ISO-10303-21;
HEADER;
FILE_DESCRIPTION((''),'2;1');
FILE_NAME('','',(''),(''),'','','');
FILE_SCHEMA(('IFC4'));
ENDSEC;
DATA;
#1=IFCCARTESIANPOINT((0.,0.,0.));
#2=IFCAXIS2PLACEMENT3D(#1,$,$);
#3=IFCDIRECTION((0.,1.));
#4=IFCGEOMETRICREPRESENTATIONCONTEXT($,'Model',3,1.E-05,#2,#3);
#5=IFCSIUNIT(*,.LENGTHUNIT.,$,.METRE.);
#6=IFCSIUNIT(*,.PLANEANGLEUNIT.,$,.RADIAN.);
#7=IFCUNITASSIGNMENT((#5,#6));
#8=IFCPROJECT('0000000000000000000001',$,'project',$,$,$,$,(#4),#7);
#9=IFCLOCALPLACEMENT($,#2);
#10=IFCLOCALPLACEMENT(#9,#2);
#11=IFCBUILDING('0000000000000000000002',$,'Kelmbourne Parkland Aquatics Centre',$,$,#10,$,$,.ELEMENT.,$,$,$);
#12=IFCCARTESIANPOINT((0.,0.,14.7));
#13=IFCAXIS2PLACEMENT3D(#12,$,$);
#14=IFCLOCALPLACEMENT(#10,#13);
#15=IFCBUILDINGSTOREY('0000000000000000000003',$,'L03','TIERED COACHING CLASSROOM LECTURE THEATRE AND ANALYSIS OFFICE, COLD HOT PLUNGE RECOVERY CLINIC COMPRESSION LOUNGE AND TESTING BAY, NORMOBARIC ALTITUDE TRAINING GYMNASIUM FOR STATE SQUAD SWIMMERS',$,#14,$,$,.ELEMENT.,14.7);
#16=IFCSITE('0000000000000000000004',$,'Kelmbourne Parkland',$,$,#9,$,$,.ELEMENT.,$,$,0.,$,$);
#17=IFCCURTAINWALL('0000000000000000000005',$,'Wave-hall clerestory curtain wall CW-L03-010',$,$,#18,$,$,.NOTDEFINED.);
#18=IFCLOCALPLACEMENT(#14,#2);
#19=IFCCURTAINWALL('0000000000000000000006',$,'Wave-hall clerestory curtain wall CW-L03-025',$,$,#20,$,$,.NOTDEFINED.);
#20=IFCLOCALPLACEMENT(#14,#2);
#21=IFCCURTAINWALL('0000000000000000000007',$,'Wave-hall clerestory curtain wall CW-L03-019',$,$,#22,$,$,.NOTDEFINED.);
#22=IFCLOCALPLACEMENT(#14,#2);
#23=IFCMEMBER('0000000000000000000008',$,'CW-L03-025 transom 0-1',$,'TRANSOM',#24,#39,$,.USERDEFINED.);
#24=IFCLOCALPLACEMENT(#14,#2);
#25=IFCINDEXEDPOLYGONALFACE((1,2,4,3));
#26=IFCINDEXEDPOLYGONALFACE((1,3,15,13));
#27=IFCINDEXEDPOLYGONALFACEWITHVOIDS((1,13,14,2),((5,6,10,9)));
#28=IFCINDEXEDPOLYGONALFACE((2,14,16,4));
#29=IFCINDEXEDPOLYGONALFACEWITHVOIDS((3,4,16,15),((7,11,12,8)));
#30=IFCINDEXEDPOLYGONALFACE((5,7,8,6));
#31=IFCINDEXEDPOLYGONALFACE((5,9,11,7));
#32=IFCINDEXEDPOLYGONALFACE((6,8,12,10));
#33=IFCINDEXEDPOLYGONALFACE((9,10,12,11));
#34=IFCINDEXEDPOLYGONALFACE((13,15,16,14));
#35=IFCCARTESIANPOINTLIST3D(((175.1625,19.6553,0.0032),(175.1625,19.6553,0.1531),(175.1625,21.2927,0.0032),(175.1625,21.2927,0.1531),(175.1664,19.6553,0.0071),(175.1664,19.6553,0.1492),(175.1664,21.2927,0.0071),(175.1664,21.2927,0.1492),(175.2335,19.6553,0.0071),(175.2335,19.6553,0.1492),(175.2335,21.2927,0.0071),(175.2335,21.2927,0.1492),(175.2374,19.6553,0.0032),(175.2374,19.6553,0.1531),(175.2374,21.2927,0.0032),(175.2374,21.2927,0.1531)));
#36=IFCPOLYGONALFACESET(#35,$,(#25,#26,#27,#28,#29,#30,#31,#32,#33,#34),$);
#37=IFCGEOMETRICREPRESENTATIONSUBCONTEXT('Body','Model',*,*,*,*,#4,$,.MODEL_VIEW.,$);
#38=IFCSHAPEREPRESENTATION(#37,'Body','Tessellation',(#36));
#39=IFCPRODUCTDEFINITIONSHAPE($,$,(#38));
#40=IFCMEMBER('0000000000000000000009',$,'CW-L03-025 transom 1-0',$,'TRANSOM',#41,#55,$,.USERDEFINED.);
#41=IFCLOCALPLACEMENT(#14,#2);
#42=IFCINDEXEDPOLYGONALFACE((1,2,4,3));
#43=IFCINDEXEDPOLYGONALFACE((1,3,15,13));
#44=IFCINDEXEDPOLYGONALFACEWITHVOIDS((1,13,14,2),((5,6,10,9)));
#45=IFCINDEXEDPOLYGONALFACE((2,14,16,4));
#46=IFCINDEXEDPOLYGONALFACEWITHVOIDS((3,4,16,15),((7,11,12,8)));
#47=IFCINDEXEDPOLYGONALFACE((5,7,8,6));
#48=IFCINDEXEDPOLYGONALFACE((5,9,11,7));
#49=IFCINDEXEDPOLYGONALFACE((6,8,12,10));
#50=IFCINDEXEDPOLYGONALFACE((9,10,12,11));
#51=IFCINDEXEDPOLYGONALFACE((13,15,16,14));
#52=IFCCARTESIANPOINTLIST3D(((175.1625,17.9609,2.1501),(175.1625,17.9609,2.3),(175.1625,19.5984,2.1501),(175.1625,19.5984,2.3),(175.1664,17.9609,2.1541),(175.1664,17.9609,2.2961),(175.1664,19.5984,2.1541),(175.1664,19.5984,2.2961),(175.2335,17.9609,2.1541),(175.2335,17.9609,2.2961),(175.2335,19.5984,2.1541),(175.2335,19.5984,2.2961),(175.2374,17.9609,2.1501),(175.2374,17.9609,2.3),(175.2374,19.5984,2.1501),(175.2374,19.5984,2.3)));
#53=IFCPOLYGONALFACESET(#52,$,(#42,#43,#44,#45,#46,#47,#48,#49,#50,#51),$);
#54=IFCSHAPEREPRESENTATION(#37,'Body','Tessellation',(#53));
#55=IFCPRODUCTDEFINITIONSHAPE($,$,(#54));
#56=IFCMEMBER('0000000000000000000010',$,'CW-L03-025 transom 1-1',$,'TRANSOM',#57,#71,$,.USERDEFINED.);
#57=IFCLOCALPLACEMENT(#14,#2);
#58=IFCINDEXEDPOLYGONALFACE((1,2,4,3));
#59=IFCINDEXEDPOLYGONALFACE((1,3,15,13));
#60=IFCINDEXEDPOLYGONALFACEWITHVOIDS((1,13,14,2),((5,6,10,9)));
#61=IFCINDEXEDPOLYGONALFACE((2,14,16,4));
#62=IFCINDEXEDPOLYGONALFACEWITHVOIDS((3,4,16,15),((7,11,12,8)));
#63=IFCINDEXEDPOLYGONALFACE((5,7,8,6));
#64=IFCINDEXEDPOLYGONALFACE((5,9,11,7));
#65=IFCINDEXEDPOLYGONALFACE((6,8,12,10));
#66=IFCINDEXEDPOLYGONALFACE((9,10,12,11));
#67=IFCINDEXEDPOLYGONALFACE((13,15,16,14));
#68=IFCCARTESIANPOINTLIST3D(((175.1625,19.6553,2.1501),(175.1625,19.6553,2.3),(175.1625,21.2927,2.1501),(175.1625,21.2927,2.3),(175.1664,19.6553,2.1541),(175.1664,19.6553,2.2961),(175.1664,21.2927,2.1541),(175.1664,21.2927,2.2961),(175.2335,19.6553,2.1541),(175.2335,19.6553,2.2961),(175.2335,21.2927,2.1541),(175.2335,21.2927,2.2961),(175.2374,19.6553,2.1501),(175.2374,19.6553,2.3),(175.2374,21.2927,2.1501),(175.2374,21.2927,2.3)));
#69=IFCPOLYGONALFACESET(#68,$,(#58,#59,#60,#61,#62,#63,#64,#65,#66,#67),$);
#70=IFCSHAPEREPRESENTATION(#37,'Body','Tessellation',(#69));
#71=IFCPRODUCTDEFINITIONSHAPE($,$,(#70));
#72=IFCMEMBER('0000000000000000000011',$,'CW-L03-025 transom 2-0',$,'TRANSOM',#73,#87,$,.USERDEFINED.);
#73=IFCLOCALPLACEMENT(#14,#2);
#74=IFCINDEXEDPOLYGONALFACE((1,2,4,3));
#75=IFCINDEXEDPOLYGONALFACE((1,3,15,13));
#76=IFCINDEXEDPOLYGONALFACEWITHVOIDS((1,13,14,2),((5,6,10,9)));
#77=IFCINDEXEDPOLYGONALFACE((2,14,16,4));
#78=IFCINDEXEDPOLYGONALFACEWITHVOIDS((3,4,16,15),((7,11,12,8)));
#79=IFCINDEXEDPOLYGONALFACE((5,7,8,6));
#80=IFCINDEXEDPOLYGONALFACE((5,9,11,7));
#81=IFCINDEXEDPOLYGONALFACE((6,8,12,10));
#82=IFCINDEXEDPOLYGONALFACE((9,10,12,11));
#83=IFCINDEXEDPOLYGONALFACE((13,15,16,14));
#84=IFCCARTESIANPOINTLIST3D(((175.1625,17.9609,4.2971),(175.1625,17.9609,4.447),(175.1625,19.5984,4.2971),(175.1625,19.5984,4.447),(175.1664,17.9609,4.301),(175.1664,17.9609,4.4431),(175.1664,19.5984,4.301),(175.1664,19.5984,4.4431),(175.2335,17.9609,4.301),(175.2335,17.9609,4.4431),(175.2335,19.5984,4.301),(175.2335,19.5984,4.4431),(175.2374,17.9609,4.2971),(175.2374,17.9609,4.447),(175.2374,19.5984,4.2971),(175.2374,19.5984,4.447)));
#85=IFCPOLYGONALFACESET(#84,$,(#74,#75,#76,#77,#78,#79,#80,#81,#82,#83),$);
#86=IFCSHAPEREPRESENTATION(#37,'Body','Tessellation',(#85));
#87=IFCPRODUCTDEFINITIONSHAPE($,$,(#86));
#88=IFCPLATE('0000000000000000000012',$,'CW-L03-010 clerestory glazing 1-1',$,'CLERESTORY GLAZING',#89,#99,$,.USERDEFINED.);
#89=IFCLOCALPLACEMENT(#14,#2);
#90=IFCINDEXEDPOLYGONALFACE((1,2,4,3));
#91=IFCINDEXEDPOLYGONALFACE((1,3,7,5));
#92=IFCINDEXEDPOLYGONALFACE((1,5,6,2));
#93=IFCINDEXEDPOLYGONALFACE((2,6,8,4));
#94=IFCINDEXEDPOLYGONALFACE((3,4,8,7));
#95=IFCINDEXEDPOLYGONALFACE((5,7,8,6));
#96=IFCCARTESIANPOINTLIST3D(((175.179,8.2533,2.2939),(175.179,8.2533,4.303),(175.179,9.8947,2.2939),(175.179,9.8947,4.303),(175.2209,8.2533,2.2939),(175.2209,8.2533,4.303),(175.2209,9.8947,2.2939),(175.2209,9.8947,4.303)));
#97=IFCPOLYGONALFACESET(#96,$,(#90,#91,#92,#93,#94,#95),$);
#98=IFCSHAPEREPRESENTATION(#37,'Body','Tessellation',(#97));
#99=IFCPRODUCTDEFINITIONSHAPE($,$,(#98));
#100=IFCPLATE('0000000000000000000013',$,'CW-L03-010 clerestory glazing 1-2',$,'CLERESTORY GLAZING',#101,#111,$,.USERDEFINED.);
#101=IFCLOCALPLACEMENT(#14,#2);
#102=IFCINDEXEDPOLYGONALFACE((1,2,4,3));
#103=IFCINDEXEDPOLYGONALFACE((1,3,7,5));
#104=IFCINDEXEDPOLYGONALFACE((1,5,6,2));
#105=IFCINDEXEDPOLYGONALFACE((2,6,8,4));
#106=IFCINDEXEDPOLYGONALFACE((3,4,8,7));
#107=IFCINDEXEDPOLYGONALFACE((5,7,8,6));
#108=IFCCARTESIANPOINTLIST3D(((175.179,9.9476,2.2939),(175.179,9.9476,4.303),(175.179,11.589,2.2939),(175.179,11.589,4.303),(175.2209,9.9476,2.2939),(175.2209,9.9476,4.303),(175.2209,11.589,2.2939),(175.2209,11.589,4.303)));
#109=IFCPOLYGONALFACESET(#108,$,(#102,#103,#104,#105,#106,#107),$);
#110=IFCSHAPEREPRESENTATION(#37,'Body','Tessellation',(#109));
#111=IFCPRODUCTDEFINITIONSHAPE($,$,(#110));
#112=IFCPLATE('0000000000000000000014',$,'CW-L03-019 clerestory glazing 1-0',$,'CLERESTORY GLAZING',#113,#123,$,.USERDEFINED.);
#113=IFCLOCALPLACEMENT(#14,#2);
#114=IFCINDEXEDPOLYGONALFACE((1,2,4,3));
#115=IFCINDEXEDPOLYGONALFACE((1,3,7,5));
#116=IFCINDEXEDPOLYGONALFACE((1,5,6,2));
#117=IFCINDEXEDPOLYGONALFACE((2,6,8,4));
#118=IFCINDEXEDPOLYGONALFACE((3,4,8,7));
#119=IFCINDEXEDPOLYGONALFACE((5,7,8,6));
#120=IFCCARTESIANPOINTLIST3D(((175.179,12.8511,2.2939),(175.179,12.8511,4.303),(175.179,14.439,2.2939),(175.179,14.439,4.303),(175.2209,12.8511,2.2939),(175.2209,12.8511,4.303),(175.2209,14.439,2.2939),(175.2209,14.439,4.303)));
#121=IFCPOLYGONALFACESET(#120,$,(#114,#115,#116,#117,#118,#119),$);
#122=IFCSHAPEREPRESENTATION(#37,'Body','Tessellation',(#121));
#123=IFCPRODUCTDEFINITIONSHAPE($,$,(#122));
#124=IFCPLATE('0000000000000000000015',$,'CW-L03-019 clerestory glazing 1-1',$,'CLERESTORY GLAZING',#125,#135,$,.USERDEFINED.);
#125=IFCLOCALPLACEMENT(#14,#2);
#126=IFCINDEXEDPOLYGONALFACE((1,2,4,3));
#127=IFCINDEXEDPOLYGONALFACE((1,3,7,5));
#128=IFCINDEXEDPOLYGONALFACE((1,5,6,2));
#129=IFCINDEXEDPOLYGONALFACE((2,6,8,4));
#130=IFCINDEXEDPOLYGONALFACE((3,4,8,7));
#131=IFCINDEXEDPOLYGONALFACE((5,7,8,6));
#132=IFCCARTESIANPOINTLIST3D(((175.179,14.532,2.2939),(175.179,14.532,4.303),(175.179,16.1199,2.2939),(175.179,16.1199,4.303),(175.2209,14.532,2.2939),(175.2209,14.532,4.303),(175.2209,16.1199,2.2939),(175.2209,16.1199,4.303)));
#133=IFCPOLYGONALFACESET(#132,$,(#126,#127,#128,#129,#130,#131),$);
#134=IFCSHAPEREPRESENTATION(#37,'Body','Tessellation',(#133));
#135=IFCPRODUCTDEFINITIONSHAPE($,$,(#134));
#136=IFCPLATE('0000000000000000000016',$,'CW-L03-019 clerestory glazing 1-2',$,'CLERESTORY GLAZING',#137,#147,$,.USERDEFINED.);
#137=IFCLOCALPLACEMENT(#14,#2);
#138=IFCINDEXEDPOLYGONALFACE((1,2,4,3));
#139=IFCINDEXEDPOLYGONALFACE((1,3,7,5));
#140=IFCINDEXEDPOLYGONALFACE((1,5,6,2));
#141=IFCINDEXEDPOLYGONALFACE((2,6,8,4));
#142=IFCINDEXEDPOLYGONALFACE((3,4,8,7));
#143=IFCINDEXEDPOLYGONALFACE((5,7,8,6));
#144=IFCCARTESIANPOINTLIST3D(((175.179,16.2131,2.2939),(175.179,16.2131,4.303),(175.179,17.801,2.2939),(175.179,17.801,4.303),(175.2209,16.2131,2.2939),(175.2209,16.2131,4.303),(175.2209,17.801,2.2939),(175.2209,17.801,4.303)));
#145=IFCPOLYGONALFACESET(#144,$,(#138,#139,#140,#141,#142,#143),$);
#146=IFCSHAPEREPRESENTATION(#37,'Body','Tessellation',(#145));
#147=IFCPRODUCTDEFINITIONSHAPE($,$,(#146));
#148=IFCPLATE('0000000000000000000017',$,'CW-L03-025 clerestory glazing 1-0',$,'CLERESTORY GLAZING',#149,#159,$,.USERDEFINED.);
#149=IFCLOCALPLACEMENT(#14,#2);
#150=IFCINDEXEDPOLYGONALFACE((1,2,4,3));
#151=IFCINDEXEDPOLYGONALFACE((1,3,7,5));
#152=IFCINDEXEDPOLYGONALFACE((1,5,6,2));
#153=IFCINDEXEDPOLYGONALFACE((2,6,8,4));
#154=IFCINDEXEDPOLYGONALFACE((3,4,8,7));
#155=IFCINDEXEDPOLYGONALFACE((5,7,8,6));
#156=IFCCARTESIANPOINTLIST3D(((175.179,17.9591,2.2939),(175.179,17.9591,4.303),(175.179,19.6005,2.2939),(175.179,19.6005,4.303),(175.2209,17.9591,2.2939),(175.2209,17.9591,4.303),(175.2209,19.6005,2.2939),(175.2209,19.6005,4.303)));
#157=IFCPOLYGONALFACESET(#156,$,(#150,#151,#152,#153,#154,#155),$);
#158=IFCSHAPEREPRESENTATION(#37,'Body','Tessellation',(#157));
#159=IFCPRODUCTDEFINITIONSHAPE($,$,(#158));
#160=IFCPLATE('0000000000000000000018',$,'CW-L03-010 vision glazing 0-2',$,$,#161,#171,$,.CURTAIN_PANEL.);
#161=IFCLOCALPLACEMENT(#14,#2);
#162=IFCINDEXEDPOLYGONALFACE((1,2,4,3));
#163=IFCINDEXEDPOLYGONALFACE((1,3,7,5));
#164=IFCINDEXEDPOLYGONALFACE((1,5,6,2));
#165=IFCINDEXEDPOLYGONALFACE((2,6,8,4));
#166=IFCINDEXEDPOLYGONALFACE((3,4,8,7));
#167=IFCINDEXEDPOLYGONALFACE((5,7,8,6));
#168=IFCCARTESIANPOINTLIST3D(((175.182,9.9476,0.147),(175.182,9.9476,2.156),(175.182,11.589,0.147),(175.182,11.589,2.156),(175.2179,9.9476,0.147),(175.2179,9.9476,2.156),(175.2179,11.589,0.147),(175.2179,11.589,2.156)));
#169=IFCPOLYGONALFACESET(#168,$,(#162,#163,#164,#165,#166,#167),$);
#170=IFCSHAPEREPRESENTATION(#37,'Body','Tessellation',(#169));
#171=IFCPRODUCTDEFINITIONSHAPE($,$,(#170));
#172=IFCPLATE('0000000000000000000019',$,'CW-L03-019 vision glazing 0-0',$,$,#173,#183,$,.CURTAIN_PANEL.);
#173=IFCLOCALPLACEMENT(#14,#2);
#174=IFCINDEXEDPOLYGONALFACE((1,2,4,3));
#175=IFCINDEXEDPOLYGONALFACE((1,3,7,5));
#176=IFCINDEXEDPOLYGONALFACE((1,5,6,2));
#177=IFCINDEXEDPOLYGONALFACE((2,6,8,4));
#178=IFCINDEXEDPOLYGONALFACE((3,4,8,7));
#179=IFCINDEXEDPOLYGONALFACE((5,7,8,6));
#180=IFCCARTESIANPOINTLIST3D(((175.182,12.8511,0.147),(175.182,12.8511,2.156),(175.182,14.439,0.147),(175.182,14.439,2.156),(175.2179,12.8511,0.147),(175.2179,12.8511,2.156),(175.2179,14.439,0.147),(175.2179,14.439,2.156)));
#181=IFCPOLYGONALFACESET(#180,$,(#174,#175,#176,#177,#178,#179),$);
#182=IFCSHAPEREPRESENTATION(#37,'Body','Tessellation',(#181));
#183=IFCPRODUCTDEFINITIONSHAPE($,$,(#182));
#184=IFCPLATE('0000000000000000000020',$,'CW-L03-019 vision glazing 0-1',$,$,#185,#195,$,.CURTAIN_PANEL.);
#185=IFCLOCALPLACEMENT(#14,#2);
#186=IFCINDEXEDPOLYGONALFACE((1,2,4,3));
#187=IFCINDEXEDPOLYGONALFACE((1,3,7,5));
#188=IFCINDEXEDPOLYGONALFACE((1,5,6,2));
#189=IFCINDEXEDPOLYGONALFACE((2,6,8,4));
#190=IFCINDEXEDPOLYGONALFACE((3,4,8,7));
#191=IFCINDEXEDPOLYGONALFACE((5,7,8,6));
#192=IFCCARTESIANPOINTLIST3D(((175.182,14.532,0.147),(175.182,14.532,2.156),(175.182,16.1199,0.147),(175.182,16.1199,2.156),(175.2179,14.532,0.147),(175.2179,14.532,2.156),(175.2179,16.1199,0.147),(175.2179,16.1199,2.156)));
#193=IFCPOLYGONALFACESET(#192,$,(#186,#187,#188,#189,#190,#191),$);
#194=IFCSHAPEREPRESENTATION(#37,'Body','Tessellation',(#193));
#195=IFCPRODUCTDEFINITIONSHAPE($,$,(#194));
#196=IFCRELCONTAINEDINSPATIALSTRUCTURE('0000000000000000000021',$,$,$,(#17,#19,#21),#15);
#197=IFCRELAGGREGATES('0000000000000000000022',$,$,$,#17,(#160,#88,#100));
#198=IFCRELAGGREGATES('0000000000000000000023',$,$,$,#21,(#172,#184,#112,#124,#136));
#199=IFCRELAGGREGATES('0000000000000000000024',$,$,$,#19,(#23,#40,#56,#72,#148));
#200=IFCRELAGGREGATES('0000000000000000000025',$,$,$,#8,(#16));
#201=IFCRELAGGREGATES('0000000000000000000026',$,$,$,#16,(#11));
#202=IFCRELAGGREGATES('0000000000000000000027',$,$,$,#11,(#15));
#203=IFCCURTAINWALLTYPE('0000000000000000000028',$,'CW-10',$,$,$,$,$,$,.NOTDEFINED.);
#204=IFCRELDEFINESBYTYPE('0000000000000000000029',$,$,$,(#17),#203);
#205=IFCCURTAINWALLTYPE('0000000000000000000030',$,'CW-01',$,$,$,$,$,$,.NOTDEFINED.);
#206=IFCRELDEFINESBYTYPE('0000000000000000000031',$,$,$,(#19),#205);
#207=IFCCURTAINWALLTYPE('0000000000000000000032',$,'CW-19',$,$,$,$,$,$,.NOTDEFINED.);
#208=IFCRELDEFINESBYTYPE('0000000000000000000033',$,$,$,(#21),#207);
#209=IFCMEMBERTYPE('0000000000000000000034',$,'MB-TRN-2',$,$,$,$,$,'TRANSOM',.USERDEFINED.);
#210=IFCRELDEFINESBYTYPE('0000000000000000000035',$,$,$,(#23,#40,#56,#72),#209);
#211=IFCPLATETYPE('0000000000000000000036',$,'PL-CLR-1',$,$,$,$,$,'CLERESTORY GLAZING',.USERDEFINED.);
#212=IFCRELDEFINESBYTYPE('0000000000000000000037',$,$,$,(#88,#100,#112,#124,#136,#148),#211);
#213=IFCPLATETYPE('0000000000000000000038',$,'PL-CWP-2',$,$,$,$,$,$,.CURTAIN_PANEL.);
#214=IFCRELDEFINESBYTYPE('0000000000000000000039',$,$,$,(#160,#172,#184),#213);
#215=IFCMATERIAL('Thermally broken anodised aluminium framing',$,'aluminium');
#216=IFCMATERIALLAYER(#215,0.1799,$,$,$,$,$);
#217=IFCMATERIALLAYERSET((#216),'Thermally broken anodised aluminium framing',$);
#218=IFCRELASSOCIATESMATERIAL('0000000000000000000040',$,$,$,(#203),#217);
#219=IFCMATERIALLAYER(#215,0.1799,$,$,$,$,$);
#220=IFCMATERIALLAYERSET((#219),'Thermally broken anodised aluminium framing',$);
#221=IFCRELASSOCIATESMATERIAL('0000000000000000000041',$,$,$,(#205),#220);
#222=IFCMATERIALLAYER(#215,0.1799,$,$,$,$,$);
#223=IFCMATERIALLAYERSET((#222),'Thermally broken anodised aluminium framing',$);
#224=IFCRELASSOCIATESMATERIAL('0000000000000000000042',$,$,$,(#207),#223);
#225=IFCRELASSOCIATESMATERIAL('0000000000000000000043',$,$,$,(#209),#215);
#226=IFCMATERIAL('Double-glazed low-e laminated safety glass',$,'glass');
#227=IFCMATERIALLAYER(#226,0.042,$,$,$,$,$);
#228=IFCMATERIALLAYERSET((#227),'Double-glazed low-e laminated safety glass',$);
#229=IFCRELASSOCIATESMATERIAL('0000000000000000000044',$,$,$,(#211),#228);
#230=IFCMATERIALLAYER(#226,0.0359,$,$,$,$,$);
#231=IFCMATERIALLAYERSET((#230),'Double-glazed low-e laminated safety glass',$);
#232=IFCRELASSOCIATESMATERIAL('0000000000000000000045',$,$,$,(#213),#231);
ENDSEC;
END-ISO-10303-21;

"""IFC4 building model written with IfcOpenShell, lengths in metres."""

from ifc_helpers import new_model, si_unit, direction, frame, origin, origin_2d, place, context, subcontext, project, spatial, rectangle, hollow_rectangle, extrude, material, layer, layer_set, material_profile, profile_set, type_object, element, aggregate, save


model = new_model("IFC4")

# Units and contexts
model_context = context("Model", 3, precision=1e-05, world=origin(), true_north=direction((0.0, 1.0)))
body_context = subcontext(model_context, "Body", "Model", "MODEL_VIEW")
ifc_project = project(units=[si_unit("LENGTHUNIT", "METRE"), si_unit("PLANEANGLEUNIT", "RADIAN")], contexts=[model_context])

# Site, building, storey
site_placement = place(None, origin())
site = spatial("IfcSite", under=ifc_project, at=site_placement, Name="Kelmbourne Parkland", CompositionType="ELEMENT", RefElevation=0.0)
building_placement = place(site_placement, origin())
building = spatial("IfcBuilding", under=site, at=building_placement, Name="Kelmbourne Parkland Aquatics Centre", CompositionType="ELEMENT")
storey_placement = place(building_placement, frame((0.0, 0.0, 14.7)))
storey = spatial("IfcBuildingStorey", under=building, at=storey_placement, Name="L03", Description="TIERED COACHING CLASSROOM LECTURE THEATRE AND ANALYSIS OFFICE, COLD HOT PLUNGE RECOVERY CLINIC COMPRESSION LOUNGE AND TESTING BAY, NORMOBARIC ALTITUDE TRAINING GYMNASIUM FOR STATE SQUAD SWIMMERS", CompositionType="ELEMENT", Elevation=14.7)

# Curtain walls
ifc_material_1 = material(Name="Thermally broken anodised aluminium framing", Category="aluminium")
ifc_layer_1 = layer(ifc_material_1, 0.1799)
ifc_layer_set_1 = layer_set([ifc_layer_1], Name="Thermally broken anodised aluminium framing")
curtain_wall_type_1 = type_object("IfcCurtainWallType", Name="CW-10", PredefinedType="NOTDEFINED", material=ifc_layer_set_1)
curtain_wall_1_placement = place(storey_placement, origin())
curtain_wall_1 = element("IfcCurtainWall", 1, at=curtain_wall_1_placement, inside=storey, type_object=curtain_wall_type_1, Name="Wave-hall clerestory curtain wall CW-L03-010", PredefinedType="NOTDEFINED")
ifc_layer_2 = layer(ifc_material_1, 0.1799)
ifc_layer_set_2 = layer_set([ifc_layer_2], Name="Thermally broken anodised aluminium framing")
curtain_wall_type_2 = type_object("IfcCurtainWallType", Name="CW-01", PredefinedType="NOTDEFINED", material=ifc_layer_set_2)
curtain_wall_2_placement = place(storey_placement, origin())
curtain_wall_2 = element("IfcCurtainWall", 2, at=curtain_wall_2_placement, inside=storey, type_object=curtain_wall_type_2, Name="Wave-hall clerestory curtain wall CW-L03-025", PredefinedType="NOTDEFINED")
ifc_layer_3 = layer(ifc_material_1, 0.1799)
ifc_layer_set_3 = layer_set([ifc_layer_3], Name="Thermally broken anodised aluminium framing")
curtain_wall_type_3 = type_object("IfcCurtainWallType", Name="CW-19", PredefinedType="NOTDEFINED", material=ifc_layer_set_3)
curtain_wall_3_placement = place(storey_placement, origin())
curtain_wall_3 = element("IfcCurtainWall", 3, at=curtain_wall_3_placement, inside=storey, type_object=curtain_wall_type_3, Name="Wave-hall clerestory curtain wall CW-L03-019", PredefinedType="NOTDEFINED")

# Members
ifc_material_profile_1 = material_profile(ifc_material_1, hollow_rectangle(XDim=0.075, YDim=0.1499, WallThickness=0.0039, at=origin_2d()), Name="CW-T 75x150")
ifc_profile_set_1 = profile_set([ifc_material_profile_1], Name="Thermally broken anodised aluminium framing")
member_type_1 = type_object("IfcMemberType", Name="MB-TRN-2", ElementType="TRANSOM", PredefinedType="USERDEFINED", material=ifc_profile_set_1)
member_1_placement = place(storey_placement, frame((175.2, 19.6553, 0.0781), z_axis=(0.0, 1.0, 0.0), x_axis=(-1.0, 0.0, 0.0)))
member_1 = element("IfcMember", 4, at=member_1_placement, type_object=member_type_1, Name="CW-L03-025 transom 0-1", ObjectType="TRANSOM", PredefinedType="USERDEFINED", context=body_context, shape_type="SweptSolid", body=[
    extrude(hollow_rectangle(XDim=0.075, YDim=0.1499, WallThickness=0.0039, at=origin_2d()), origin(), (0.0, 0.0, 1.0), 1.6375),
])
member_2_placement = place(storey_placement, frame((175.2, 17.9609, 2.2251), z_axis=(0.0, 1.0, 0.0), x_axis=(-1.0, 0.0, 0.0)))
member_2 = element("IfcMember", 5, at=member_2_placement, type_object=member_type_1, Name="CW-L03-025 transom 1-0", ObjectType="TRANSOM", PredefinedType="USERDEFINED", context=body_context, shape_type="SweptSolid", body=[
    extrude(hollow_rectangle(XDim=0.075, YDim=0.1499, WallThickness=0.0039, at=origin_2d()), origin(), (0.0, 0.0, 1.0), 1.6375),
])
member_3_placement = place(storey_placement, frame((175.2, 19.6553, 2.2251), z_axis=(0.0, 1.0, 0.0), x_axis=(-1.0, 0.0, 0.0)))
member_3 = element("IfcMember", 6, at=member_3_placement, type_object=member_type_1, Name="CW-L03-025 transom 1-1", ObjectType="TRANSOM", PredefinedType="USERDEFINED", context=body_context, shape_type="SweptSolid", body=[
    extrude(hollow_rectangle(XDim=0.075, YDim=0.1499, WallThickness=0.0039, at=origin_2d()), origin(), (0.0, 0.0, 1.0), 1.6375),
])
member_4_placement = place(storey_placement, frame((175.2, 17.9609, 4.3721), z_axis=(0.0, 1.0, 0.0), x_axis=(-1.0, 0.0, 0.0)))
member_4 = element("IfcMember", 7, at=member_4_placement, type_object=member_type_1, Name="CW-L03-025 transom 2-0", ObjectType="TRANSOM", PredefinedType="USERDEFINED", context=body_context, shape_type="SweptSolid", body=[
    extrude(hollow_rectangle(XDim=0.075, YDim=0.1499, WallThickness=0.0039, at=origin_2d()), origin(), (0.0, 0.0, 1.0), 1.6375),
])

# Plates
ifc_material_2 = material(Name="Double-glazed low-e laminated safety glass", Category="glass")
ifc_layer_4 = layer(ifc_material_2, 0.042)
ifc_layer_set_4 = layer_set([ifc_layer_4], Name="Double-glazed low-e laminated safety glass")
plate_type_1 = type_object("IfcPlateType", Name="PL-CLR-1", ElementType="CLERESTORY GLAZING", PredefinedType="USERDEFINED", material=ifc_layer_set_4)
plate_1_placement = place(storey_placement, frame((175.2, 9.074, 2.2939), z_axis=(0.0, 0.0, 1.0), x_axis=(0.0, 1.0, 0.0)))
plate_1 = element("IfcPlate", 8, at=plate_1_placement, type_object=plate_type_1, Name="CW-L03-010 clerestory glazing 1-1", ObjectType="CLERESTORY GLAZING", PredefinedType="USERDEFINED", context=body_context, shape_type="SweptSolid", body=[
    extrude(rectangle(XDim=1.6414, YDim=0.042, at=origin_2d()), origin(), (0.0, 0.0, 1.0), 2.009),
])
plate_2_placement = place(storey_placement, frame((175.2, 10.7683, 2.2939), z_axis=(0.0, 0.0, 1.0), x_axis=(0.0, 1.0, 0.0)))
plate_2 = element("IfcPlate", 9, at=plate_2_placement, type_object=plate_type_1, Name="CW-L03-010 clerestory glazing 1-2", ObjectType="CLERESTORY GLAZING", PredefinedType="USERDEFINED", context=body_context, shape_type="SweptSolid", body=[
    extrude(rectangle(XDim=1.6414, YDim=0.042, at=origin_2d()), origin(), (0.0, 0.0, 1.0), 2.009),
])
plate_3_placement = place(storey_placement, frame((175.2, 13.645, 2.2939), z_axis=(0.0, 0.0, 1.0), x_axis=(0.0, 1.0, 0.0)))
plate_3 = element("IfcPlate", 10, at=plate_3_placement, type_object=plate_type_1, Name="CW-L03-019 clerestory glazing 1-0", ObjectType="CLERESTORY GLAZING", PredefinedType="USERDEFINED", context=body_context, shape_type="SweptSolid", body=[
    extrude(rectangle(XDim=1.5879, YDim=0.042, at=origin_2d()), origin(), (0.0, 0.0, 1.0), 2.009),
])
plate_4_placement = place(storey_placement, frame((175.2, 15.3259, 2.2939), z_axis=(0.0, 0.0, 1.0), x_axis=(0.0, 1.0, 0.0)))
plate_4 = element("IfcPlate", 11, at=plate_4_placement, type_object=plate_type_1, Name="CW-L03-019 clerestory glazing 1-1", ObjectType="CLERESTORY GLAZING", PredefinedType="USERDEFINED", context=body_context, shape_type="SweptSolid", body=[
    extrude(rectangle(XDim=1.5879, YDim=0.042, at=origin_2d()), origin(), (0.0, 0.0, 1.0), 2.009),
])
plate_5_placement = place(storey_placement, frame((175.2, 17.0071, 2.2939), z_axis=(0.0, 0.0, 1.0), x_axis=(0.0, 1.0, 0.0)))
plate_5 = element("IfcPlate", 12, at=plate_5_placement, type_object=plate_type_1, Name="CW-L03-019 clerestory glazing 1-2", ObjectType="CLERESTORY GLAZING", PredefinedType="USERDEFINED", context=body_context, shape_type="SweptSolid", body=[
    extrude(rectangle(XDim=1.5879, YDim=0.042, at=origin_2d()), origin(), (0.0, 0.0, 1.0), 2.009),
])
plate_6_placement = place(storey_placement, frame((175.2, 18.7798, 2.2939), z_axis=(0.0, 0.0, 1.0), x_axis=(0.0, 1.0, 0.0)))
plate_6 = element("IfcPlate", 13, at=plate_6_placement, type_object=plate_type_1, Name="CW-L03-025 clerestory glazing 1-0", ObjectType="CLERESTORY GLAZING", PredefinedType="USERDEFINED", context=body_context, shape_type="SweptSolid", body=[
    extrude(rectangle(XDim=1.6414, YDim=0.042, at=origin_2d()), origin(), (0.0, 0.0, 1.0), 2.009),
])
ifc_layer_5 = layer(ifc_material_2, 0.0359)
ifc_layer_set_5 = layer_set([ifc_layer_5], Name="Double-glazed low-e laminated safety glass")
plate_type_2 = type_object("IfcPlateType", Name="PL-CWP-2", PredefinedType="CURTAIN_PANEL", material=ifc_layer_set_5)
plate_7_placement = place(storey_placement, frame((175.2, 10.7683, 0.147), z_axis=(0.0, 0.0, 1.0), x_axis=(0.0, 1.0, 0.0)))
plate_7 = element("IfcPlate", 14, at=plate_7_placement, type_object=plate_type_2, Name="CW-L03-010 vision glazing 0-2", PredefinedType="CURTAIN_PANEL", context=body_context, shape_type="SweptSolid", body=[
    extrude(rectangle(XDim=1.6414, YDim=0.0359, at=origin_2d()), origin(), (0.0, 0.0, 1.0), 2.009),
])
aggregate(curtain_wall_1, [plate_7, plate_1, plate_2])
plate_8_placement = place(storey_placement, frame((175.2, 13.645, 0.147), z_axis=(0.0, 0.0, 1.0), x_axis=(0.0, 1.0, 0.0)))
plate_8 = element("IfcPlate", 15, at=plate_8_placement, type_object=plate_type_2, Name="CW-L03-019 vision glazing 0-0", PredefinedType="CURTAIN_PANEL", context=body_context, shape_type="SweptSolid", body=[
    extrude(rectangle(XDim=1.5879, YDim=0.0359, at=origin_2d()), origin(), (0.0, 0.0, 1.0), 2.009),
])
plate_9_placement = place(storey_placement, frame((175.2, 15.3259, 0.147), z_axis=(0.0, 0.0, 1.0), x_axis=(0.0, 1.0, 0.0)))
plate_9 = element("IfcPlate", 16, at=plate_9_placement, type_object=plate_type_2, Name="CW-L03-019 vision glazing 0-1", PredefinedType="CURTAIN_PANEL", context=body_context, shape_type="SweptSolid", body=[
    extrude(rectangle(XDim=1.5879, YDim=0.0359, at=origin_2d()), origin(), (0.0, 0.0, 1.0), 2.009),
])
aggregate(curtain_wall_3, [plate_8, plate_9, plate_3, plate_4, plate_5])
aggregate(curtain_wall_2, [member_1, member_2, member_3, member_4, plate_6])

save(model, "model.ifc")
